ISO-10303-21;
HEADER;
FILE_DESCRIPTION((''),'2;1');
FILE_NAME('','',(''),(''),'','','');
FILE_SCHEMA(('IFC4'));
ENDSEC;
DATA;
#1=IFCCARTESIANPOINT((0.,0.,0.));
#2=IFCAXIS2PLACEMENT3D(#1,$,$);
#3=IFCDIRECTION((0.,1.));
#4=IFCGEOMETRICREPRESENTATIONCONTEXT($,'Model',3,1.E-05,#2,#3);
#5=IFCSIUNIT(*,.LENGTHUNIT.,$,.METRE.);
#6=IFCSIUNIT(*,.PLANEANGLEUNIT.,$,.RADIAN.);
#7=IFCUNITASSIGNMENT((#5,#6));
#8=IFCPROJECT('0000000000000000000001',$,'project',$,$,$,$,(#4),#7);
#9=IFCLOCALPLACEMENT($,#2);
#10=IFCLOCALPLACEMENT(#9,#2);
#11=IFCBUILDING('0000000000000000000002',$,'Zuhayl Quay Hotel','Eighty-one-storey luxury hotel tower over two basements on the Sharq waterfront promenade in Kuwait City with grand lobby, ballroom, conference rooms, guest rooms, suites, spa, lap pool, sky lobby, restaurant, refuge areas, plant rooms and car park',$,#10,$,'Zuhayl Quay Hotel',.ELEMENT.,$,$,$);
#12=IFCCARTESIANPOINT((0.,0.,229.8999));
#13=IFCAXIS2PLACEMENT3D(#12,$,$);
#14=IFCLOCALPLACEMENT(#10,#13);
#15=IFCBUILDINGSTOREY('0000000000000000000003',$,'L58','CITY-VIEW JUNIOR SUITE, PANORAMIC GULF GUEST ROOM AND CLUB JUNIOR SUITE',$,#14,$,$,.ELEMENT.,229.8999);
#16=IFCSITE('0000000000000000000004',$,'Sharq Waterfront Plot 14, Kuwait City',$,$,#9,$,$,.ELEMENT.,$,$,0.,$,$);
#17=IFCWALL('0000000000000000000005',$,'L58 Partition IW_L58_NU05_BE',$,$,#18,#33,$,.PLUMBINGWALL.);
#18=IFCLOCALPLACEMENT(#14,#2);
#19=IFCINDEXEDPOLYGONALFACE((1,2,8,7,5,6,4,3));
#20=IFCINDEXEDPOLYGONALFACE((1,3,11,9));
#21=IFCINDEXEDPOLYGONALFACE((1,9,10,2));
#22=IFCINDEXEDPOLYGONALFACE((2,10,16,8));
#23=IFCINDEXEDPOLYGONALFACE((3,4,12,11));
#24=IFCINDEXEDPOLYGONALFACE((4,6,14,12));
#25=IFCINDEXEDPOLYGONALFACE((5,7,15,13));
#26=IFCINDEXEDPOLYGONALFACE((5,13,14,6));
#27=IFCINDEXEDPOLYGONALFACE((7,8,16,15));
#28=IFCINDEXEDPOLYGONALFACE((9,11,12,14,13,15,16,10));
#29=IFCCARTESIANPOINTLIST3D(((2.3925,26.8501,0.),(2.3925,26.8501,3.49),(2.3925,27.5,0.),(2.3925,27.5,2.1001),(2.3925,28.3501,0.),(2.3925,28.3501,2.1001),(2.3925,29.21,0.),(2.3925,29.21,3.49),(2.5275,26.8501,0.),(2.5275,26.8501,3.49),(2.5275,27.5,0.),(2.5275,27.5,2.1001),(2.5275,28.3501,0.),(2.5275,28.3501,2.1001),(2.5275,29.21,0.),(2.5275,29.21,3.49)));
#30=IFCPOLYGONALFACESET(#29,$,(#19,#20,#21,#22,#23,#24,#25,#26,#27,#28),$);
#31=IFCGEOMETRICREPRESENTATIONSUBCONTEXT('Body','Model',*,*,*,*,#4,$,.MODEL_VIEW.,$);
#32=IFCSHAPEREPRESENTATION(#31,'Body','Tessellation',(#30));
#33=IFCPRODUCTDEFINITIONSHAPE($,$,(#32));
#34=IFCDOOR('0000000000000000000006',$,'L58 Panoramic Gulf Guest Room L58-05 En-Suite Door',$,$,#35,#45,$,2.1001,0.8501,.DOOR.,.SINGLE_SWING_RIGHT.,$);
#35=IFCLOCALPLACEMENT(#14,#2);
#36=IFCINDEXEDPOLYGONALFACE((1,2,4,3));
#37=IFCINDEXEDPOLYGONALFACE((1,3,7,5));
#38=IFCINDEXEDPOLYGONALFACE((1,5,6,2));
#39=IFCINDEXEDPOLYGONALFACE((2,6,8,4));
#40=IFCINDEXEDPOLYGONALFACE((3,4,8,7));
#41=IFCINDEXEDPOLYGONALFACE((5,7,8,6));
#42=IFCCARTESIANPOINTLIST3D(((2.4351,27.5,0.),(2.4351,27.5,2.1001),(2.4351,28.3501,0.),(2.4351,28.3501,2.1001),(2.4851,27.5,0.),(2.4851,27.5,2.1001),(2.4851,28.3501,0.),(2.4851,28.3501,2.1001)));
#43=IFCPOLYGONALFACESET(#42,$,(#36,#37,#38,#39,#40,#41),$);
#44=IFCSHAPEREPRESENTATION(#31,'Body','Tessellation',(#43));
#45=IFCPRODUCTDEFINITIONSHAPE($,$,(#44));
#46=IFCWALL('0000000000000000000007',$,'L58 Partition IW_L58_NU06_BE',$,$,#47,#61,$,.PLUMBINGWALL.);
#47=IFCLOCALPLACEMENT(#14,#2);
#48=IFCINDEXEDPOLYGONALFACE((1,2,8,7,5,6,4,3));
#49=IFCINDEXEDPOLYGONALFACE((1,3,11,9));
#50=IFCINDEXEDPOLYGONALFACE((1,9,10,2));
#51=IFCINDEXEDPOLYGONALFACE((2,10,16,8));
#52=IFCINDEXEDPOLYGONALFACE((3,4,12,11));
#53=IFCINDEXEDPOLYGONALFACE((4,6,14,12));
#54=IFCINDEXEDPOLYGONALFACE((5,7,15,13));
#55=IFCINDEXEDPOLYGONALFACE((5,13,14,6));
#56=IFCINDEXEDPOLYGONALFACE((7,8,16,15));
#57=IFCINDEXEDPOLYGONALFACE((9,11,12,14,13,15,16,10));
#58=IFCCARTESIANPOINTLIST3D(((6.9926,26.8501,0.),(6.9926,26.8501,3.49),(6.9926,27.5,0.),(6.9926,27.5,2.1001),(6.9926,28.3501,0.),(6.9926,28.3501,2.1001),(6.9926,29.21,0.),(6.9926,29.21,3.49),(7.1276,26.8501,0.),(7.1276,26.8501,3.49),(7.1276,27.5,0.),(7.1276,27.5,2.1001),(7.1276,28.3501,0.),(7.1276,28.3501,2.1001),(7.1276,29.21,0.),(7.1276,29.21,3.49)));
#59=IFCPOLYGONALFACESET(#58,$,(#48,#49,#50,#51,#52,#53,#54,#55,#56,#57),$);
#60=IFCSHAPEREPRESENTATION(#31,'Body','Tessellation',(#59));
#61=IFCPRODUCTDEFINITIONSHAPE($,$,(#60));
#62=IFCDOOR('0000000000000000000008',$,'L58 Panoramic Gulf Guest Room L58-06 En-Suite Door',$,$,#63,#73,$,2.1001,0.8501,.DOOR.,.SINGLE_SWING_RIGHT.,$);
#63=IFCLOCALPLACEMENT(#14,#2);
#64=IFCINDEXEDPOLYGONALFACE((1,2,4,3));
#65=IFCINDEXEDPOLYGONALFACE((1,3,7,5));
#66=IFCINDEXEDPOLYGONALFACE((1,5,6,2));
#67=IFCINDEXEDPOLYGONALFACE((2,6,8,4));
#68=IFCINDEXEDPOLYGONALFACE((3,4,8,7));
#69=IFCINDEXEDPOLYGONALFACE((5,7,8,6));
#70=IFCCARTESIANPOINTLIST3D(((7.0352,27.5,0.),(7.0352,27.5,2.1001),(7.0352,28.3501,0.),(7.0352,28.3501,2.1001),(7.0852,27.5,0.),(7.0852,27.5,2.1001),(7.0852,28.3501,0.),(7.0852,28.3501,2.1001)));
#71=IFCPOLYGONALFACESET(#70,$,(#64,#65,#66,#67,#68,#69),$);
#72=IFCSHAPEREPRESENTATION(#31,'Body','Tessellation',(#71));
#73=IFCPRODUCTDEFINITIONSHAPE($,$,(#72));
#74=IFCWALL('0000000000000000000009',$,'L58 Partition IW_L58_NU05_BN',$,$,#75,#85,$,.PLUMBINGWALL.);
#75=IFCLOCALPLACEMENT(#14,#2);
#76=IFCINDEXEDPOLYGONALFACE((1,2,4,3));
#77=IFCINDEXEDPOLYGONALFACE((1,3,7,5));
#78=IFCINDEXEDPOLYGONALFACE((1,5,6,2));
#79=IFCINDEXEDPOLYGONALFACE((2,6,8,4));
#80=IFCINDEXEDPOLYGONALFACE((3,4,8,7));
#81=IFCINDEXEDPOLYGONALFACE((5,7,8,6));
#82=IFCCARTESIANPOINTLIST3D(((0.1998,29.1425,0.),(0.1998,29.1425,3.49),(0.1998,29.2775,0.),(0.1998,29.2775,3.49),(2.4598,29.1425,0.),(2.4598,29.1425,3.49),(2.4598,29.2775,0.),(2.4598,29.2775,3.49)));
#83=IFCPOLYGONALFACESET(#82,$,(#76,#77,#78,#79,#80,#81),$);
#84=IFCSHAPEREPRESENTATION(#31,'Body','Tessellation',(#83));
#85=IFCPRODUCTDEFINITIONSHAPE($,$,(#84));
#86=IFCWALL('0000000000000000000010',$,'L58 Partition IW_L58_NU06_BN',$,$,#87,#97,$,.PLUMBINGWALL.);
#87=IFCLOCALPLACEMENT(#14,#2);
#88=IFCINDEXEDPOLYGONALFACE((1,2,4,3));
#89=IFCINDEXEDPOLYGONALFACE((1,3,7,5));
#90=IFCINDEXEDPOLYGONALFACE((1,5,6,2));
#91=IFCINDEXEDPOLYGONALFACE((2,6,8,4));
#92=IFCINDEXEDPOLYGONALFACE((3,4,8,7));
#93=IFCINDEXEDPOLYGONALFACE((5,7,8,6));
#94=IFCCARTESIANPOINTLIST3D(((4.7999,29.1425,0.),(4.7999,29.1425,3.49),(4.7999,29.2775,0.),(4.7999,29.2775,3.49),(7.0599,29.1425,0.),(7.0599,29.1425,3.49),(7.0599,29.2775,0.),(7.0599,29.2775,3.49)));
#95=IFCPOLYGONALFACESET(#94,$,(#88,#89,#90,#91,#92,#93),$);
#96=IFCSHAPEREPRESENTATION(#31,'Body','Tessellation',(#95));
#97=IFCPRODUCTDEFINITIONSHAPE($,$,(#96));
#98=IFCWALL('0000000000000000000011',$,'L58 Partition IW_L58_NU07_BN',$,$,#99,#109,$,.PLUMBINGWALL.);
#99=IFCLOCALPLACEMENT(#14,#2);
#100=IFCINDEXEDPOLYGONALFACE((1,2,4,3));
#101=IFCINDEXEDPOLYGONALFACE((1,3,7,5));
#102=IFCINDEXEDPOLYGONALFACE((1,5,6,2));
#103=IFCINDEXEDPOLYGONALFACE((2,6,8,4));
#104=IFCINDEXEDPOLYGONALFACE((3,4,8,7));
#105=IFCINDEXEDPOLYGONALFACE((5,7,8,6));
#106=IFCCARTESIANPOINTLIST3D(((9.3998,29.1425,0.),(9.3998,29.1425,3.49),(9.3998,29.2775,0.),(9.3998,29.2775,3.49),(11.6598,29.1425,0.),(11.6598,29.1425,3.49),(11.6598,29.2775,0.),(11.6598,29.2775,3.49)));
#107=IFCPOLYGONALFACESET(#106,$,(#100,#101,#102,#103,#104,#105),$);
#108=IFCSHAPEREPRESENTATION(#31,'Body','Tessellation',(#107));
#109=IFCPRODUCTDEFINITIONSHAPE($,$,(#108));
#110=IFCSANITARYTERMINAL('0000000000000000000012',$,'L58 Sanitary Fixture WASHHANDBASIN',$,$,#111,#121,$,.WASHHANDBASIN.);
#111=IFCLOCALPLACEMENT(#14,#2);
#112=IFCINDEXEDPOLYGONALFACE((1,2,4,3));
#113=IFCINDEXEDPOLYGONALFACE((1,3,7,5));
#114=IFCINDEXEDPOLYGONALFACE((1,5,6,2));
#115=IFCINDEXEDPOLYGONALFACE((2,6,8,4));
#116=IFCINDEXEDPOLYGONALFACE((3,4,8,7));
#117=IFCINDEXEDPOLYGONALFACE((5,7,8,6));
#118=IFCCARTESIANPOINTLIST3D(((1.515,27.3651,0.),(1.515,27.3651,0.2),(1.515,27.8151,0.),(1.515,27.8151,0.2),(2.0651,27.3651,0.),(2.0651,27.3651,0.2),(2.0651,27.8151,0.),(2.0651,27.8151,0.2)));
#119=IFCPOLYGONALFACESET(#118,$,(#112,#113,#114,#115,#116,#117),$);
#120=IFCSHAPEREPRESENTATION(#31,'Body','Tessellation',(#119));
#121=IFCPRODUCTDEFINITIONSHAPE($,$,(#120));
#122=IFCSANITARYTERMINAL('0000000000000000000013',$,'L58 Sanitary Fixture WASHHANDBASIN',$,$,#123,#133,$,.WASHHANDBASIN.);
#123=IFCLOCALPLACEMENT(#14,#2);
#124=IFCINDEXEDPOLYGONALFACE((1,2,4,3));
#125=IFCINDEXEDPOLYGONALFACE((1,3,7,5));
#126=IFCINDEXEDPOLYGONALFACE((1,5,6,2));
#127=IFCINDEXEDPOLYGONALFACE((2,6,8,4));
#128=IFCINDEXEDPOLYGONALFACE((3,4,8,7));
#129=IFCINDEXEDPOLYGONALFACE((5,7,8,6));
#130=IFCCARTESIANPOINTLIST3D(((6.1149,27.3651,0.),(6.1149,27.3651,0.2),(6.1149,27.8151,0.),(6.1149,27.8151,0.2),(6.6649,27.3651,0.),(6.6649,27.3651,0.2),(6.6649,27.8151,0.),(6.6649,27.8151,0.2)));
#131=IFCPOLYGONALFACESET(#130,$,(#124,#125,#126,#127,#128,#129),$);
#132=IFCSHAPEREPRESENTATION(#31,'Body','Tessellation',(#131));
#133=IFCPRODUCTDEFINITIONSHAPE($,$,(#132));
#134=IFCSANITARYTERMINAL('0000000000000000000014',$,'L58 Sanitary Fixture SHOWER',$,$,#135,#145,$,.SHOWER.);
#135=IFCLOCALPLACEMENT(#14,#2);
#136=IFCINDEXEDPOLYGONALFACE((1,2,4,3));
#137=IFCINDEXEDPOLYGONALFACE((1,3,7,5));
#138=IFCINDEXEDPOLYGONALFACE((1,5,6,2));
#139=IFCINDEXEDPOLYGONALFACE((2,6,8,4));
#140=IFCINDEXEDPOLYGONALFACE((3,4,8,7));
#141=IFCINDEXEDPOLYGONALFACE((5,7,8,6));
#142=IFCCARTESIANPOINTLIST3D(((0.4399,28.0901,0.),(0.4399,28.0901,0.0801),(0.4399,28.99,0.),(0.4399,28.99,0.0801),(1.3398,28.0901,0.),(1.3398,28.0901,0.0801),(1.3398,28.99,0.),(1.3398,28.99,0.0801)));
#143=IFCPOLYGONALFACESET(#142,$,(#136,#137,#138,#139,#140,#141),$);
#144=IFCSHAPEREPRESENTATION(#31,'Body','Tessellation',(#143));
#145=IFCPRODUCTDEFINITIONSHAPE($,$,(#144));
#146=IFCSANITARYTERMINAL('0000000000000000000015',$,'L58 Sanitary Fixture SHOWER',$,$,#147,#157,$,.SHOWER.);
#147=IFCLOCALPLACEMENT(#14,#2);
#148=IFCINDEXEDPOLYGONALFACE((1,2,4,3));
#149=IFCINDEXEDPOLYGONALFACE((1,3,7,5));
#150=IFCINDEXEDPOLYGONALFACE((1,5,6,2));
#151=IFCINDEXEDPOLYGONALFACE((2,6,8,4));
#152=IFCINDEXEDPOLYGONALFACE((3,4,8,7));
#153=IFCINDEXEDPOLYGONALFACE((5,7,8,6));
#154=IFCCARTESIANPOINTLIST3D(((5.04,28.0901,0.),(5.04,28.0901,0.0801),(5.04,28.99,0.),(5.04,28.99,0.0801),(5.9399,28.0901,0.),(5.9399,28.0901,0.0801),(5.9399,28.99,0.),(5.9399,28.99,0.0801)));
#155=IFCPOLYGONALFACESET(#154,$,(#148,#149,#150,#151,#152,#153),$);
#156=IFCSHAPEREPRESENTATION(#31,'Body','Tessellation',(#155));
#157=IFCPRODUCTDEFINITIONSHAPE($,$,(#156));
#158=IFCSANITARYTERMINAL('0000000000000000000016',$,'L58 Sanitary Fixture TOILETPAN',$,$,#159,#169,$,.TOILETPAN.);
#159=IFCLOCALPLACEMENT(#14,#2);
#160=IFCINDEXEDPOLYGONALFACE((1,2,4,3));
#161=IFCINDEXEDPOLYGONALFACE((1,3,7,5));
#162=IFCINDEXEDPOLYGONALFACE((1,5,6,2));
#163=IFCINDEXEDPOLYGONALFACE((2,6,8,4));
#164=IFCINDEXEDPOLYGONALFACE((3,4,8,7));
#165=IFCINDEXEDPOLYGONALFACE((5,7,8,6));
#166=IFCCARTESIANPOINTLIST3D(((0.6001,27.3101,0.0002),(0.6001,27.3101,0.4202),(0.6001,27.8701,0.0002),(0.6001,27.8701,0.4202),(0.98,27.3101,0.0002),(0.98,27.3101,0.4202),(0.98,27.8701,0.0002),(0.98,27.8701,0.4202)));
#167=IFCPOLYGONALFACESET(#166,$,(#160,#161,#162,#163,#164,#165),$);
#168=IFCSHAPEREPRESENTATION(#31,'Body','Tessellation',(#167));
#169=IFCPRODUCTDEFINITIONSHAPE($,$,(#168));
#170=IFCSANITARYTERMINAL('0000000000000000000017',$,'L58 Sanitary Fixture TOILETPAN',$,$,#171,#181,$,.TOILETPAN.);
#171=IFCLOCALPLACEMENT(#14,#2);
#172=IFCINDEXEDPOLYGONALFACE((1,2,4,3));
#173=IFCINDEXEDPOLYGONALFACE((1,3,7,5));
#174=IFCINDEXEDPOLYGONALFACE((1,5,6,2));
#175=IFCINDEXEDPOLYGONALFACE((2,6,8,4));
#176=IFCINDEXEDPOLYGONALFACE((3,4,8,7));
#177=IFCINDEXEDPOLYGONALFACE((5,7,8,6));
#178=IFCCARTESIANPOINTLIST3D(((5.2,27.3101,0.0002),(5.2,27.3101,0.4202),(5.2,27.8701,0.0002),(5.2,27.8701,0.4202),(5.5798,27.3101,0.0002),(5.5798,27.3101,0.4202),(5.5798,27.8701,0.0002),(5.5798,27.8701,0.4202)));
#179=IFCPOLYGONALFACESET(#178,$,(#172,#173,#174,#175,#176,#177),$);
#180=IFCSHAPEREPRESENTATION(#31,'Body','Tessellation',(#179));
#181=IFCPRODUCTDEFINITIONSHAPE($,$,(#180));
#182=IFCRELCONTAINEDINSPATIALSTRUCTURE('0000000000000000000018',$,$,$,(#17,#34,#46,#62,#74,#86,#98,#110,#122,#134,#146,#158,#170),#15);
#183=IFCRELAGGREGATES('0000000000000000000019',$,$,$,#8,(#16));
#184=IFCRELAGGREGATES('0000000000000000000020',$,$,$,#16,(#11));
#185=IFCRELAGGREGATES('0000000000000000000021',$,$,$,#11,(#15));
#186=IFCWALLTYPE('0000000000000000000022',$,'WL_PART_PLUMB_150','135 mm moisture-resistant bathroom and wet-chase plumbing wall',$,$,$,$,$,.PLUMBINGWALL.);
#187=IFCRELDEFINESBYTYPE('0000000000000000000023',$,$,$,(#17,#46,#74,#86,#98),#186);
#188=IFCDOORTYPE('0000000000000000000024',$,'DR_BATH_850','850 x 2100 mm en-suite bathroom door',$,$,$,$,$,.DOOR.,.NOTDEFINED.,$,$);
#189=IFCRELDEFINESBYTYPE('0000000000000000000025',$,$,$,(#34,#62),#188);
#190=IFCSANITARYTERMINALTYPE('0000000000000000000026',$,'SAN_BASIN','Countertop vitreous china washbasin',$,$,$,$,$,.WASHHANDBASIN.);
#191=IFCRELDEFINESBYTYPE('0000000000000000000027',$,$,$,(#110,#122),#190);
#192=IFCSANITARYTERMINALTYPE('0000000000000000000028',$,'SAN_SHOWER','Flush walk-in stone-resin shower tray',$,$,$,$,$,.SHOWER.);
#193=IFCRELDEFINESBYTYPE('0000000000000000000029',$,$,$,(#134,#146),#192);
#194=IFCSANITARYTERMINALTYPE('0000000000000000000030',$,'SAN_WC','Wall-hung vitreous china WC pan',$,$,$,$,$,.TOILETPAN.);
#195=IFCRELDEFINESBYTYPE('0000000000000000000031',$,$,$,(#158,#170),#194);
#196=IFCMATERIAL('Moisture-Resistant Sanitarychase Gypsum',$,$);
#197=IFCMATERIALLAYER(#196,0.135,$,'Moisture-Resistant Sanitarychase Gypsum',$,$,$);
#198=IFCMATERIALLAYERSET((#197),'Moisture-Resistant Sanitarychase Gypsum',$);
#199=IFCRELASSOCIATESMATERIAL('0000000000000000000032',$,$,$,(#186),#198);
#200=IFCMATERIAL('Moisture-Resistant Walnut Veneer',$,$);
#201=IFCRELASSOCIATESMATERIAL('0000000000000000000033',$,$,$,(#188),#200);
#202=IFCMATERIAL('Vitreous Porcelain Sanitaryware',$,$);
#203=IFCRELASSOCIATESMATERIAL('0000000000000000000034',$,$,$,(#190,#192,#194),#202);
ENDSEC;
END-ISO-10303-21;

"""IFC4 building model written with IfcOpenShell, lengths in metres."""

from ifc_helpers import new_model, si_unit, direction, frame, frame_2d, origin, origin_2d, place, context, subcontext, project, spatial, rectangle, extrude, material, layer, layer_set, type_object, element, fill, save


model = new_model("IFC4")

# Units and contexts
model_context = context("Model", 3, precision=1e-05, world=origin(), true_north=direction((0.0, 1.0)))
body_context = subcontext(model_context, "Body", "Model", "MODEL_VIEW")
ifc_project = project(units=[si_unit("LENGTHUNIT", "METRE"), si_unit("PLANEANGLEUNIT", "RADIAN")], contexts=[model_context])

# Site, building, storey
site_placement = place(None, origin())
site = spatial("IfcSite", under=ifc_project, at=site_placement, Name="Sharq Waterfront Plot 14, Kuwait City", CompositionType="ELEMENT", RefElevation=0.0)
building_placement = place(site_placement, origin())
building = spatial("IfcBuilding", under=site, at=building_placement, Name="Zuhayl Quay Hotel", Description="Eighty-one-storey luxury hotel tower over two basements on the Sharq waterfront promenade in Kuwait City with grand lobby, ballroom, conference rooms, guest rooms, suites, spa, lap pool, sky lobby, restaurant, refuge areas, plant rooms and car park", LongName="Zuhayl Quay Hotel", CompositionType="ELEMENT")
storey_placement = place(building_placement, frame((0.0, 0.0, 229.8999)))
storey = spatial("IfcBuildingStorey", under=building, at=storey_placement, Name="L58", Description="CITY-VIEW JUNIOR SUITE, PANORAMIC GULF GUEST ROOM AND CLUB JUNIOR SUITE", CompositionType="ELEMENT", Elevation=229.8999)

# Walls, openings, doors
ifc_material_1 = material(Name="Moisture-Resistant Sanitarychase Gypsum")
ifc_layer_1 = layer(ifc_material_1, 0.135, Name="Moisture-Resistant Sanitarychase Gypsum")
ifc_layer_set_1 = layer_set([ifc_layer_1], Name="Moisture-Resistant Sanitarychase Gypsum")
wall_type_1 = type_object("IfcWallType", Name="WL_PART_PLUMB_150", Description="135 mm moisture-resistant bathroom and wet-chase plumbing wall", PredefinedType="PLUMBINGWALL", material=ifc_layer_set_1)
wall_1_placement = place(storey_placement, frame((2.46, 26.8501, 0.0), z_axis=(0.0, 0.0, 1.0), x_axis=(0.0, 1.0, 0.0)))
wall_1 = element("IfcWall", 1, at=wall_1_placement, inside=storey, type_object=wall_type_1, Name="L58 Partition IW_L58_NU05_BE", PredefinedType="PLUMBINGWALL", context=body_context, shape_type="SweptSolid", body=[
    extrude(rectangle(XDim=2.3599, YDim=0.135, at=frame_2d((1.1799, 0.0))), origin(), (0.0, 0.0, 1.0), 3.49),
])
opening_1_placement = place(wall_1_placement, frame((0.6499, 0.0, 0.0)))
opening_1 = element("IfcOpeningElement", 2, at=opening_1_placement, cuts=wall_1, PredefinedType="OPENING", context=body_context, shape_type="SweptSolid", body=[
    extrude(rectangle(XDim=0.8501, YDim=2.1001, at=frame_2d((0.425, 1.05))), frame((0.0, 0.0774, 0.0), z_axis=(0.0, -1.0, 0.0), x_axis=(1.0, 0.0, 0.0)), (0.0, 0.0, 1.0), 0.155),
])
ifc_material_2 = material(Name="Moisture-Resistant Walnut Veneer")
door_type_1 = type_object("IfcDoorType", Name="DR_BATH_850", Description="850 x 2100 mm en-suite bathroom door", OperationType="NOTDEFINED", PredefinedType="DOOR", material=ifc_material_2)
door_1_placement = place(opening_1_placement, origin())
door_1 = element("IfcDoor", 3, at=door_1_placement, inside=storey, type_object=door_type_1, Name="L58 Panoramic Gulf Guest Room L58-05 En-Suite Door", OperationType="SINGLE_SWING_RIGHT", OverallHeight=2.1001, OverallWidth=0.8501, PredefinedType="DOOR", context=body_context, shape_type="SweptSolid", body=[
    extrude(rectangle(XDim=0.8501, YDim=2.1001, at=frame_2d((0.425, 1.05))), frame((0.0, 0.0249, 0.0), z_axis=(0.0, -1.0, 0.0), x_axis=(1.0, 0.0, 0.0)), (0.0, 0.0, 1.0), 0.05),
])
fill(opening_1, door_1)
wall_2_placement = place(storey_placement, frame((7.0601, 26.8501, 0.0), z_axis=(0.0, 0.0, 1.0), x_axis=(0.0, 1.0, 0.0)))
wall_2 = element("IfcWall", 4, at=wall_2_placement, inside=storey, type_object=wall_type_1, Name="L58 Partition IW_L58_NU06_BE", PredefinedType="PLUMBINGWALL", context=body_context, shape_type="SweptSolid", body=[
    extrude(rectangle(XDim=2.3599, YDim=0.135, at=frame_2d((1.1799, 0.0))), origin(), (0.0, 0.0, 1.0), 3.49),
])
opening_2_placement = place(wall_2_placement, frame((0.6499, 0.0, 0.0)))
opening_2 = element("IfcOpeningElement", 5, at=opening_2_placement, cuts=wall_2, PredefinedType="OPENING", context=body_context, shape_type="SweptSolid", body=[
    extrude(rectangle(XDim=0.8501, YDim=2.1001, at=frame_2d((0.425, 1.05))), frame((0.0, 0.0774, 0.0), z_axis=(0.0, -1.0, 0.0), x_axis=(1.0, 0.0, 0.0)), (0.0, 0.0, 1.0), 0.155),
])
door_2_placement = place(opening_2_placement, origin())
door_2 = element("IfcDoor", 6, at=door_2_placement, inside=storey, type_object=door_type_1, Name="L58 Panoramic Gulf Guest Room L58-06 En-Suite Door", OperationType="SINGLE_SWING_RIGHT", OverallHeight=2.1001, OverallWidth=0.8501, PredefinedType="DOOR", context=body_context, shape_type="SweptSolid", body=[
    extrude(rectangle(XDim=0.8501, YDim=2.1001, at=frame_2d((0.425, 1.05))), frame((0.0, 0.0249, 0.0), z_axis=(0.0, -1.0, 0.0), x_axis=(1.0, 0.0, 0.0)), (0.0, 0.0, 1.0), 0.05),
])
fill(opening_2, door_2)

# Walls
for number, where, z_axis, x_axis, name in (
    (7, (0.2, 29.21, 0.0), (0.0, 0.0, 1.0), (1.0, 0.0, 0.0), "L58 Partition IW_L58_NU05_BN"),
    (8, (4.8, 29.21, 0.0), (0.0, 0.0, 1.0), (1.0, 0.0, 0.0), "L58 Partition IW_L58_NU06_BN"),
    (9, (9.3999, 29.21, 0.0), (0.0, 0.0, 1.0), (1.0, 0.0, 0.0), "L58 Partition IW_L58_NU07_BN"),
):
    element("IfcWall", number, at=place(storey_placement, frame(where, z_axis=z_axis, x_axis=x_axis)), inside=storey, type_object=wall_type_1, Name=name, PredefinedType="PLUMBINGWALL", context=body_context, shape_type="SweptSolid", body=[
        extrude(rectangle(XDim=2.26, YDim=0.135, at=frame_2d((1.1299, 0.0))), origin(), (0.0, 0.0, 1.0), 3.49),
    ])

# Sanitary terminals
ifc_material_3 = material(Name="Vitreous Porcelain Sanitaryware")
sanitary_terminal_type_1 = type_object("IfcSanitaryTerminalType", Name="SAN_BASIN", Description="Countertop vitreous china washbasin", PredefinedType="WASHHANDBASIN", material=ifc_material_3)
for number, where, z_axis, x_axis, name in (
    (10, (1.79, 27.5901, 0.0), (0.0, 0.0, 1.0), (1.0, 0.0, 0.0), "L58 Sanitary Fixture WASHHANDBASIN"),
    (11, (6.3899, 27.5901, 0.0), (0.0, 0.0, 1.0), (1.0, 0.0, 0.0), "L58 Sanitary Fixture WASHHANDBASIN"),
):
    element("IfcSanitaryTerminal", number, at=place(storey_placement, frame(where, z_axis=z_axis, x_axis=x_axis)), inside=storey, type_object=sanitary_terminal_type_1, Name=name, PredefinedType="WASHHANDBASIN", context=body_context, shape_type="SweptSolid", body=[
        extrude(rectangle(XDim=0.55, YDim=0.45, at=origin_2d()), origin(), (0.0, 0.0, 1.0), 0.2),
    ])
sanitary_terminal_type_2 = type_object("IfcSanitaryTerminalType", Name="SAN_SHOWER", Description="Flush walk-in stone-resin shower tray", PredefinedType="SHOWER", material=ifc_material_3)
for number, where, z_axis, x_axis, name in (
    (12, (0.8899, 28.54, 0.0), (0.0, 0.0, 1.0), (1.0, 0.0, 0.0), "L58 Sanitary Fixture SHOWER"),
    (13, (5.49, 28.54, 0.0), (0.0, 0.0, 1.0), (1.0, 0.0, 0.0), "L58 Sanitary Fixture SHOWER"),
):
    element("IfcSanitaryTerminal", number, at=place(storey_placement, frame(where, z_axis=z_axis, x_axis=x_axis)), inside=storey, type_object=sanitary_terminal_type_2, Name=name, PredefinedType="SHOWER", context=body_context, shape_type="SweptSolid", body=[
        extrude(rectangle(XDim=0.8999, YDim=0.8999, at=origin_2d()), origin(), (0.0, 0.0, 1.0), 0.0801),
    ])
sanitary_terminal_type_3 = type_object("IfcSanitaryTerminalType", Name="SAN_WC", Description="Wall-hung vitreous china WC pan", PredefinedType="TOILETPAN", material=ifc_material_3)
for number, where, z_axis, x_axis, name in (
    (14, (0.79, 27.5901, 0.0002), (0.0, 0.0, 1.0), (1.0, 0.0, 0.0), "L58 Sanitary Fixture TOILETPAN"),
    (15, (5.3899, 27.5901, 0.0002), (0.0, 0.0, 1.0), (1.0, 0.0, 0.0), "L58 Sanitary Fixture TOILETPAN"),
):
    element("IfcSanitaryTerminal", number, at=place(storey_placement, frame(where, z_axis=z_axis, x_axis=x_axis)), inside=storey, type_object=sanitary_terminal_type_3, Name=name, PredefinedType="TOILETPAN", context=body_context, shape_type="SweptSolid", body=[
        extrude(rectangle(XDim=0.3799, YDim=0.5601, at=origin_2d()), origin(), (0.0, 0.0, 1.0), 0.4199),
    ])

save(model, "model.ifc")
